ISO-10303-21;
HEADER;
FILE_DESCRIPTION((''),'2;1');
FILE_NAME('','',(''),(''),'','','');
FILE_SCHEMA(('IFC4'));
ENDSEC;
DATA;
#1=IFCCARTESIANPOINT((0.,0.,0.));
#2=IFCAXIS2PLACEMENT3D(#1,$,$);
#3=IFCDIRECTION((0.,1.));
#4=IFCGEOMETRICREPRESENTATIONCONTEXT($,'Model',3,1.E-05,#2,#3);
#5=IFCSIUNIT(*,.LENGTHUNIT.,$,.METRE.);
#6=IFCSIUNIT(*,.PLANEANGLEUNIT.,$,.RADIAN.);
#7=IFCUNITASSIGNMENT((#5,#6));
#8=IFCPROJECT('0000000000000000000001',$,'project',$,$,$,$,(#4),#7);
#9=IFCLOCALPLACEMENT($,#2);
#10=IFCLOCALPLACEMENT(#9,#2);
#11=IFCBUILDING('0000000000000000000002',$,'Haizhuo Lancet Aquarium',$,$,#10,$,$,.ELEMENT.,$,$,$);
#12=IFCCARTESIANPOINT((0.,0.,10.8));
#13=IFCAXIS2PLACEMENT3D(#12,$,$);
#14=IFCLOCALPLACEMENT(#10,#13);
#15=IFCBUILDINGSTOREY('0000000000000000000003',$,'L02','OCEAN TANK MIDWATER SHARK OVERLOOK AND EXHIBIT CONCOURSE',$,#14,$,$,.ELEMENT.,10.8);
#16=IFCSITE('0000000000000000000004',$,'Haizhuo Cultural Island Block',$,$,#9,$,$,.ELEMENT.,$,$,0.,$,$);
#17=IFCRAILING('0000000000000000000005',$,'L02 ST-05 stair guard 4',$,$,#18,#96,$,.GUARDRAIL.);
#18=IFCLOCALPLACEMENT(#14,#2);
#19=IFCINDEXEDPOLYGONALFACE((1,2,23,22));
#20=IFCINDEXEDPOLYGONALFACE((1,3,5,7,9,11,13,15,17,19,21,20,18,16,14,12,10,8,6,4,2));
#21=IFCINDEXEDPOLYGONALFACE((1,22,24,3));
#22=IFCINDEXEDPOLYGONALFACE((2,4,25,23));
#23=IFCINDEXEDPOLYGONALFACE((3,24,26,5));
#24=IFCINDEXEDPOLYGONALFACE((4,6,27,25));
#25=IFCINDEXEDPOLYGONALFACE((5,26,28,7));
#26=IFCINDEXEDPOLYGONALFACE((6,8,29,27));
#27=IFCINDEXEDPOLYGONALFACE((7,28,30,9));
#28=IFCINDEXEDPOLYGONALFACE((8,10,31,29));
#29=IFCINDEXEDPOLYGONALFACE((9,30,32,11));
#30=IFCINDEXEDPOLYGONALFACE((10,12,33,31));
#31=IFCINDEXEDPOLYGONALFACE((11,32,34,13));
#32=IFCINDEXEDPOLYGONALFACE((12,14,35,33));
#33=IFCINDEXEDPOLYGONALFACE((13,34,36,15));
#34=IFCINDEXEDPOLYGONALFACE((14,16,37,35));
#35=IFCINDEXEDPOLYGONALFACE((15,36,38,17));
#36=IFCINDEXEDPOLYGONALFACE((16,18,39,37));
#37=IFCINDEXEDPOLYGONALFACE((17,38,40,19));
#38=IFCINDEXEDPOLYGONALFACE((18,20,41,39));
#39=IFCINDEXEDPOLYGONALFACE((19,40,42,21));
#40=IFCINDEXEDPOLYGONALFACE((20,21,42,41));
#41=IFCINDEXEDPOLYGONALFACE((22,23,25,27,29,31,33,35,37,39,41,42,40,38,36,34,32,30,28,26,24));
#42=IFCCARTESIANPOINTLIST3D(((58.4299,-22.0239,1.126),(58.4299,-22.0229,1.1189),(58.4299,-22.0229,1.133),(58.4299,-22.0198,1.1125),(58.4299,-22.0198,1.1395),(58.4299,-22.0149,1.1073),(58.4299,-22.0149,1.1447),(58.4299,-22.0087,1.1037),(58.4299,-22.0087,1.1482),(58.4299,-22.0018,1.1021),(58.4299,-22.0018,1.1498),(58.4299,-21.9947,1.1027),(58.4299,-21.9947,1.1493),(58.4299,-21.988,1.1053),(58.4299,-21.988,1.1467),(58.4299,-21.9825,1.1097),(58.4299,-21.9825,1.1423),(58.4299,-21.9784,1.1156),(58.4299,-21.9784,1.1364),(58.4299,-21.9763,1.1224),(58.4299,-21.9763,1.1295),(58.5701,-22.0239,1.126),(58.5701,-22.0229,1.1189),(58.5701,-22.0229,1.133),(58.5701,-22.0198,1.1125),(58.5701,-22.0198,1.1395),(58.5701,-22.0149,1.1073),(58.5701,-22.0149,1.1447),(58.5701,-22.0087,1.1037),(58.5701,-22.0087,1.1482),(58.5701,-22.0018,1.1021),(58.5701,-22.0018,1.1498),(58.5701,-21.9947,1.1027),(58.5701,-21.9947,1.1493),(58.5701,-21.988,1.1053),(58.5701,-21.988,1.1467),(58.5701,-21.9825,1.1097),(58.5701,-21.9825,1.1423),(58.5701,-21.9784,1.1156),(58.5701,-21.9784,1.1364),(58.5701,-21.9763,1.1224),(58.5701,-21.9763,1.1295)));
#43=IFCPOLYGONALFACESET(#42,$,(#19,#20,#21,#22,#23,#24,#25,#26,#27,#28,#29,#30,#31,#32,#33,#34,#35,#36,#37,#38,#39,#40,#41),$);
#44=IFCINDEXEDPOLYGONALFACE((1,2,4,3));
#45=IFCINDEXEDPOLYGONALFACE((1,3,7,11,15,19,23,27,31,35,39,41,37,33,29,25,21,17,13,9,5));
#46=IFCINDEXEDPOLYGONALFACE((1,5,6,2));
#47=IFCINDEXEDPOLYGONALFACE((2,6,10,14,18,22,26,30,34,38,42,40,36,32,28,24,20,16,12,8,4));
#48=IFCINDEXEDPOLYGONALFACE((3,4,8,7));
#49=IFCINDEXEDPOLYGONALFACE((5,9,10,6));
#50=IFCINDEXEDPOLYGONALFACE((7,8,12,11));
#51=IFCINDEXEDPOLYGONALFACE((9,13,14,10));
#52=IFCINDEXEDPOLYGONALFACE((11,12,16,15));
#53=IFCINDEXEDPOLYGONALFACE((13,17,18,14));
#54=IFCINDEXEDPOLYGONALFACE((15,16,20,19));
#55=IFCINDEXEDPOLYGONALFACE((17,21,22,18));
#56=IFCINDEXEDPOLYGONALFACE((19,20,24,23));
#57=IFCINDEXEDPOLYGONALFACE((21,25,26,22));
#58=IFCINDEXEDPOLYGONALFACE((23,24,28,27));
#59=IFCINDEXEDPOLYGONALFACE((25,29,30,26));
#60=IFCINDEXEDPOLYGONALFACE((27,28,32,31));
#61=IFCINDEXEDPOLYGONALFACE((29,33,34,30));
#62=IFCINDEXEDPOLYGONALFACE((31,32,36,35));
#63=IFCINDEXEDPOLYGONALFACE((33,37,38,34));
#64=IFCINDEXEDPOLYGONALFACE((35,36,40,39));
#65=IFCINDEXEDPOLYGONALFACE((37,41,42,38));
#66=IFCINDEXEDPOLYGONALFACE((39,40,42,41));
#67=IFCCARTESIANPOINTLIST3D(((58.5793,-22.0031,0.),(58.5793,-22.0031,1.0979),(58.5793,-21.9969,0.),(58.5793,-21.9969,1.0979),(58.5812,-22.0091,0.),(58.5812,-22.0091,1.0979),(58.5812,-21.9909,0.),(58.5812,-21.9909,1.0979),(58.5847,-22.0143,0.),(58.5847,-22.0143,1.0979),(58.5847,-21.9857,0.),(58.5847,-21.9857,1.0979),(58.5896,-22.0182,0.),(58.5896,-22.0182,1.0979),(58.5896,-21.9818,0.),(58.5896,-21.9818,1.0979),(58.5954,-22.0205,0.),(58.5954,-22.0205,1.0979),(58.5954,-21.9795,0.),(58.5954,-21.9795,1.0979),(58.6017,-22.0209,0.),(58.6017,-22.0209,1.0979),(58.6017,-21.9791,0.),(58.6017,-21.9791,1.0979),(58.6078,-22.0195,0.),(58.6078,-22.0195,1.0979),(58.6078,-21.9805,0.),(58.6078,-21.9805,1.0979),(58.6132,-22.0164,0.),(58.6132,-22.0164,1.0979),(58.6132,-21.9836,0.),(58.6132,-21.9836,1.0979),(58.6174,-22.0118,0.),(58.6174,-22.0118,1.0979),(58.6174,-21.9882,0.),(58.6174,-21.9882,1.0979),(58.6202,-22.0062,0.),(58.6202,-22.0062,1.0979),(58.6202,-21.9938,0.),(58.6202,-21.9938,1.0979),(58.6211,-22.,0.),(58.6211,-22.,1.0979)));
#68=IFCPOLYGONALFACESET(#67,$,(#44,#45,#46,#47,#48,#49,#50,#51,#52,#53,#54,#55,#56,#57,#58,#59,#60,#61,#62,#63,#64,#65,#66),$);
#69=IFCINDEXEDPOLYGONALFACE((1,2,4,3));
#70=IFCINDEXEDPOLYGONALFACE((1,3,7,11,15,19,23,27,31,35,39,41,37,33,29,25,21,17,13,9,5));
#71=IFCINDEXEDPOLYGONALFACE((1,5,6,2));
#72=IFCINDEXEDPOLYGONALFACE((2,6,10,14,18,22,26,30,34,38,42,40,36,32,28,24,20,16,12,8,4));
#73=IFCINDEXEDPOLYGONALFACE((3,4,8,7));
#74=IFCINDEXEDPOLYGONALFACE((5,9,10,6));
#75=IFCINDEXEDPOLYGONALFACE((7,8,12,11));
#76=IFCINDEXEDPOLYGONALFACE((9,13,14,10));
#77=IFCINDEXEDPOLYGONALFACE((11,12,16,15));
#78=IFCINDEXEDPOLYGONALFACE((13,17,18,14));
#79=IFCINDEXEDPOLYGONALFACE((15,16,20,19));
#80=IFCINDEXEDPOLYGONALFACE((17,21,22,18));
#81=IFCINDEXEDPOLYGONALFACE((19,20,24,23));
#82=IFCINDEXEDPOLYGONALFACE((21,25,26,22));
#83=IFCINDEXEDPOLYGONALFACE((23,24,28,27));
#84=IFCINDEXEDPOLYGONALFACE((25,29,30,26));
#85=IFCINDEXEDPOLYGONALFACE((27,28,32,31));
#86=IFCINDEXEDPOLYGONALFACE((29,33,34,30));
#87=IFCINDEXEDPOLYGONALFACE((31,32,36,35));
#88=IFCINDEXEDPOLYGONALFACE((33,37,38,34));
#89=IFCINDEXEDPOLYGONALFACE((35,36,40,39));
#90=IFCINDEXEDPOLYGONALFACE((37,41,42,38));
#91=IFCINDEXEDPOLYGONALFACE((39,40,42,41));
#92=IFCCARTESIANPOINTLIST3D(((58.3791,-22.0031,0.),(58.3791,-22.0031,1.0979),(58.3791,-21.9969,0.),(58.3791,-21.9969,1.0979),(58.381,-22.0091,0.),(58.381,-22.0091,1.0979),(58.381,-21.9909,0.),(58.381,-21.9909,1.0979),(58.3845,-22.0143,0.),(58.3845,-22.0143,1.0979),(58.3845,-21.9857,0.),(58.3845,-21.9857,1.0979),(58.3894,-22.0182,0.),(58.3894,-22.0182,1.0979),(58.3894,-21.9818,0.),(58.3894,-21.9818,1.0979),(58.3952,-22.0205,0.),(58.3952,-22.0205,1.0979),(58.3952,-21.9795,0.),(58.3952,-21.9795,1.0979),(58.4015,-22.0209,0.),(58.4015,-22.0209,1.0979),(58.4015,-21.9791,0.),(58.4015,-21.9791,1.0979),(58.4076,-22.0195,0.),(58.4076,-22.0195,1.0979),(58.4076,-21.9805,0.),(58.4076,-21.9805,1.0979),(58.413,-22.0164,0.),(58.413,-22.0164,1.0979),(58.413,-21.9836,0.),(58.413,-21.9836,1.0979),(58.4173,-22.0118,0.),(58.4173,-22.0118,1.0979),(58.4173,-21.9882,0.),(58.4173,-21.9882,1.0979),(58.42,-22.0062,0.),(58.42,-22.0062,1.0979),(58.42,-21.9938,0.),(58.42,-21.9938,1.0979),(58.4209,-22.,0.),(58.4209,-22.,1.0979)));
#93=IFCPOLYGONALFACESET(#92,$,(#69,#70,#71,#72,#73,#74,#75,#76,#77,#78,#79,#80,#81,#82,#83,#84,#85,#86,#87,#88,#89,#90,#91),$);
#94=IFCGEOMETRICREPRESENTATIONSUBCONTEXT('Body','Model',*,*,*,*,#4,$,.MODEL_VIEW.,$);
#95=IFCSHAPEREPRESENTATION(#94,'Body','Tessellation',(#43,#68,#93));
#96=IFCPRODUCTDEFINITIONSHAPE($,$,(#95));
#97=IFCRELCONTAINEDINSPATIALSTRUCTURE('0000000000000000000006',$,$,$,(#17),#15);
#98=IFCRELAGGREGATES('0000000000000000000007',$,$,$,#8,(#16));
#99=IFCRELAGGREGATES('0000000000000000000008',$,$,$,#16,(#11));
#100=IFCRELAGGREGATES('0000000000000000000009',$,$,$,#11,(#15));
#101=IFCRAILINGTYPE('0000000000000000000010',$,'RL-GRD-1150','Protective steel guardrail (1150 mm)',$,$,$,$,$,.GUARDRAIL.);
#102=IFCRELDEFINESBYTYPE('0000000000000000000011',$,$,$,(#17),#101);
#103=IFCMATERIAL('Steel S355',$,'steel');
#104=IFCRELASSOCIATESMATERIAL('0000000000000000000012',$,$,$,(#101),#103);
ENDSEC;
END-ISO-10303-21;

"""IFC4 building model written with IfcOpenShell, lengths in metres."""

from ifc_helpers import new_model, si_unit, direction, frame, origin, origin_2d, place, context, subcontext, project, spatial, circle, extrude, material, type_object, element, save


model = new_model("IFC4")

# Units and contexts
model_context = context("Model", 3, precision=1e-05, world=origin(), true_north=direction((0.0, 1.0)))
body_context = subcontext(model_context, "Body", "Model", "MODEL_VIEW")
ifc_project = project(units=[si_unit("LENGTHUNIT", "METRE"), si_unit("PLANEANGLEUNIT", "RADIAN")], contexts=[model_context])

# Site, building, storey
site_placement = place(None, origin())
site = spatial("IfcSite", under=ifc_project, at=site_placement, Name="Haizhuo Cultural Island Block", CompositionType="ELEMENT", RefElevation=0.0)
building_placement = place(site_placement, origin())
building = spatial("IfcBuilding", under=site, at=building_placement, Name="Haizhuo Lancet Aquarium", CompositionType="ELEMENT")
storey_placement = place(building_placement, frame((0.0, 0.0, 10.8)))
storey = spatial("IfcBuildingStorey", under=building, at=storey_placement, Name="L02", Description="OCEAN TANK MIDWATER SHARK OVERLOOK AND EXHIBIT CONCOURSE", CompositionType="ELEMENT", Elevation=10.8)

# Shared definitions
ifc_material_1 = material(Name="Steel S355", Category="steel")

# Railing
railing_type_1 = type_object("IfcRailingType", Name="RL-GRD-1150", Description="Protective steel guardrail (1150 mm)", PredefinedType="GUARDRAIL", material=ifc_material_1)
railing_1_placement = place(storey_placement, frame((58.6001, -22.0, 0.0)))
element("IfcRailing", 1, at=railing_1_placement, inside=storey, type_object=railing_type_1, Name="L02 ST-05 stair guard 4", PredefinedType="GUARDRAIL", context=body_context, shape_type="SweptSolid", body=[
    extrude(circle(Radius=0.0239, at=origin_2d()), frame((-0.03, 0.0, 1.126), z_axis=(-1.0, 0.0, 0.0), x_axis=(0.0, -1.0, 0.0)), (0.0, 0.0, 1.0), 0.1401),
    extrude(circle(Radius=0.021, at=origin_2d()), origin(), (0.0, 0.0, 1.0), 1.0979),
    extrude(circle(Radius=0.021, at=origin_2d()), frame((-0.2002, 0.0, 0.0)), (0.0, 0.0, 1.0), 1.0979),
])

save(model, "model.ifc")
